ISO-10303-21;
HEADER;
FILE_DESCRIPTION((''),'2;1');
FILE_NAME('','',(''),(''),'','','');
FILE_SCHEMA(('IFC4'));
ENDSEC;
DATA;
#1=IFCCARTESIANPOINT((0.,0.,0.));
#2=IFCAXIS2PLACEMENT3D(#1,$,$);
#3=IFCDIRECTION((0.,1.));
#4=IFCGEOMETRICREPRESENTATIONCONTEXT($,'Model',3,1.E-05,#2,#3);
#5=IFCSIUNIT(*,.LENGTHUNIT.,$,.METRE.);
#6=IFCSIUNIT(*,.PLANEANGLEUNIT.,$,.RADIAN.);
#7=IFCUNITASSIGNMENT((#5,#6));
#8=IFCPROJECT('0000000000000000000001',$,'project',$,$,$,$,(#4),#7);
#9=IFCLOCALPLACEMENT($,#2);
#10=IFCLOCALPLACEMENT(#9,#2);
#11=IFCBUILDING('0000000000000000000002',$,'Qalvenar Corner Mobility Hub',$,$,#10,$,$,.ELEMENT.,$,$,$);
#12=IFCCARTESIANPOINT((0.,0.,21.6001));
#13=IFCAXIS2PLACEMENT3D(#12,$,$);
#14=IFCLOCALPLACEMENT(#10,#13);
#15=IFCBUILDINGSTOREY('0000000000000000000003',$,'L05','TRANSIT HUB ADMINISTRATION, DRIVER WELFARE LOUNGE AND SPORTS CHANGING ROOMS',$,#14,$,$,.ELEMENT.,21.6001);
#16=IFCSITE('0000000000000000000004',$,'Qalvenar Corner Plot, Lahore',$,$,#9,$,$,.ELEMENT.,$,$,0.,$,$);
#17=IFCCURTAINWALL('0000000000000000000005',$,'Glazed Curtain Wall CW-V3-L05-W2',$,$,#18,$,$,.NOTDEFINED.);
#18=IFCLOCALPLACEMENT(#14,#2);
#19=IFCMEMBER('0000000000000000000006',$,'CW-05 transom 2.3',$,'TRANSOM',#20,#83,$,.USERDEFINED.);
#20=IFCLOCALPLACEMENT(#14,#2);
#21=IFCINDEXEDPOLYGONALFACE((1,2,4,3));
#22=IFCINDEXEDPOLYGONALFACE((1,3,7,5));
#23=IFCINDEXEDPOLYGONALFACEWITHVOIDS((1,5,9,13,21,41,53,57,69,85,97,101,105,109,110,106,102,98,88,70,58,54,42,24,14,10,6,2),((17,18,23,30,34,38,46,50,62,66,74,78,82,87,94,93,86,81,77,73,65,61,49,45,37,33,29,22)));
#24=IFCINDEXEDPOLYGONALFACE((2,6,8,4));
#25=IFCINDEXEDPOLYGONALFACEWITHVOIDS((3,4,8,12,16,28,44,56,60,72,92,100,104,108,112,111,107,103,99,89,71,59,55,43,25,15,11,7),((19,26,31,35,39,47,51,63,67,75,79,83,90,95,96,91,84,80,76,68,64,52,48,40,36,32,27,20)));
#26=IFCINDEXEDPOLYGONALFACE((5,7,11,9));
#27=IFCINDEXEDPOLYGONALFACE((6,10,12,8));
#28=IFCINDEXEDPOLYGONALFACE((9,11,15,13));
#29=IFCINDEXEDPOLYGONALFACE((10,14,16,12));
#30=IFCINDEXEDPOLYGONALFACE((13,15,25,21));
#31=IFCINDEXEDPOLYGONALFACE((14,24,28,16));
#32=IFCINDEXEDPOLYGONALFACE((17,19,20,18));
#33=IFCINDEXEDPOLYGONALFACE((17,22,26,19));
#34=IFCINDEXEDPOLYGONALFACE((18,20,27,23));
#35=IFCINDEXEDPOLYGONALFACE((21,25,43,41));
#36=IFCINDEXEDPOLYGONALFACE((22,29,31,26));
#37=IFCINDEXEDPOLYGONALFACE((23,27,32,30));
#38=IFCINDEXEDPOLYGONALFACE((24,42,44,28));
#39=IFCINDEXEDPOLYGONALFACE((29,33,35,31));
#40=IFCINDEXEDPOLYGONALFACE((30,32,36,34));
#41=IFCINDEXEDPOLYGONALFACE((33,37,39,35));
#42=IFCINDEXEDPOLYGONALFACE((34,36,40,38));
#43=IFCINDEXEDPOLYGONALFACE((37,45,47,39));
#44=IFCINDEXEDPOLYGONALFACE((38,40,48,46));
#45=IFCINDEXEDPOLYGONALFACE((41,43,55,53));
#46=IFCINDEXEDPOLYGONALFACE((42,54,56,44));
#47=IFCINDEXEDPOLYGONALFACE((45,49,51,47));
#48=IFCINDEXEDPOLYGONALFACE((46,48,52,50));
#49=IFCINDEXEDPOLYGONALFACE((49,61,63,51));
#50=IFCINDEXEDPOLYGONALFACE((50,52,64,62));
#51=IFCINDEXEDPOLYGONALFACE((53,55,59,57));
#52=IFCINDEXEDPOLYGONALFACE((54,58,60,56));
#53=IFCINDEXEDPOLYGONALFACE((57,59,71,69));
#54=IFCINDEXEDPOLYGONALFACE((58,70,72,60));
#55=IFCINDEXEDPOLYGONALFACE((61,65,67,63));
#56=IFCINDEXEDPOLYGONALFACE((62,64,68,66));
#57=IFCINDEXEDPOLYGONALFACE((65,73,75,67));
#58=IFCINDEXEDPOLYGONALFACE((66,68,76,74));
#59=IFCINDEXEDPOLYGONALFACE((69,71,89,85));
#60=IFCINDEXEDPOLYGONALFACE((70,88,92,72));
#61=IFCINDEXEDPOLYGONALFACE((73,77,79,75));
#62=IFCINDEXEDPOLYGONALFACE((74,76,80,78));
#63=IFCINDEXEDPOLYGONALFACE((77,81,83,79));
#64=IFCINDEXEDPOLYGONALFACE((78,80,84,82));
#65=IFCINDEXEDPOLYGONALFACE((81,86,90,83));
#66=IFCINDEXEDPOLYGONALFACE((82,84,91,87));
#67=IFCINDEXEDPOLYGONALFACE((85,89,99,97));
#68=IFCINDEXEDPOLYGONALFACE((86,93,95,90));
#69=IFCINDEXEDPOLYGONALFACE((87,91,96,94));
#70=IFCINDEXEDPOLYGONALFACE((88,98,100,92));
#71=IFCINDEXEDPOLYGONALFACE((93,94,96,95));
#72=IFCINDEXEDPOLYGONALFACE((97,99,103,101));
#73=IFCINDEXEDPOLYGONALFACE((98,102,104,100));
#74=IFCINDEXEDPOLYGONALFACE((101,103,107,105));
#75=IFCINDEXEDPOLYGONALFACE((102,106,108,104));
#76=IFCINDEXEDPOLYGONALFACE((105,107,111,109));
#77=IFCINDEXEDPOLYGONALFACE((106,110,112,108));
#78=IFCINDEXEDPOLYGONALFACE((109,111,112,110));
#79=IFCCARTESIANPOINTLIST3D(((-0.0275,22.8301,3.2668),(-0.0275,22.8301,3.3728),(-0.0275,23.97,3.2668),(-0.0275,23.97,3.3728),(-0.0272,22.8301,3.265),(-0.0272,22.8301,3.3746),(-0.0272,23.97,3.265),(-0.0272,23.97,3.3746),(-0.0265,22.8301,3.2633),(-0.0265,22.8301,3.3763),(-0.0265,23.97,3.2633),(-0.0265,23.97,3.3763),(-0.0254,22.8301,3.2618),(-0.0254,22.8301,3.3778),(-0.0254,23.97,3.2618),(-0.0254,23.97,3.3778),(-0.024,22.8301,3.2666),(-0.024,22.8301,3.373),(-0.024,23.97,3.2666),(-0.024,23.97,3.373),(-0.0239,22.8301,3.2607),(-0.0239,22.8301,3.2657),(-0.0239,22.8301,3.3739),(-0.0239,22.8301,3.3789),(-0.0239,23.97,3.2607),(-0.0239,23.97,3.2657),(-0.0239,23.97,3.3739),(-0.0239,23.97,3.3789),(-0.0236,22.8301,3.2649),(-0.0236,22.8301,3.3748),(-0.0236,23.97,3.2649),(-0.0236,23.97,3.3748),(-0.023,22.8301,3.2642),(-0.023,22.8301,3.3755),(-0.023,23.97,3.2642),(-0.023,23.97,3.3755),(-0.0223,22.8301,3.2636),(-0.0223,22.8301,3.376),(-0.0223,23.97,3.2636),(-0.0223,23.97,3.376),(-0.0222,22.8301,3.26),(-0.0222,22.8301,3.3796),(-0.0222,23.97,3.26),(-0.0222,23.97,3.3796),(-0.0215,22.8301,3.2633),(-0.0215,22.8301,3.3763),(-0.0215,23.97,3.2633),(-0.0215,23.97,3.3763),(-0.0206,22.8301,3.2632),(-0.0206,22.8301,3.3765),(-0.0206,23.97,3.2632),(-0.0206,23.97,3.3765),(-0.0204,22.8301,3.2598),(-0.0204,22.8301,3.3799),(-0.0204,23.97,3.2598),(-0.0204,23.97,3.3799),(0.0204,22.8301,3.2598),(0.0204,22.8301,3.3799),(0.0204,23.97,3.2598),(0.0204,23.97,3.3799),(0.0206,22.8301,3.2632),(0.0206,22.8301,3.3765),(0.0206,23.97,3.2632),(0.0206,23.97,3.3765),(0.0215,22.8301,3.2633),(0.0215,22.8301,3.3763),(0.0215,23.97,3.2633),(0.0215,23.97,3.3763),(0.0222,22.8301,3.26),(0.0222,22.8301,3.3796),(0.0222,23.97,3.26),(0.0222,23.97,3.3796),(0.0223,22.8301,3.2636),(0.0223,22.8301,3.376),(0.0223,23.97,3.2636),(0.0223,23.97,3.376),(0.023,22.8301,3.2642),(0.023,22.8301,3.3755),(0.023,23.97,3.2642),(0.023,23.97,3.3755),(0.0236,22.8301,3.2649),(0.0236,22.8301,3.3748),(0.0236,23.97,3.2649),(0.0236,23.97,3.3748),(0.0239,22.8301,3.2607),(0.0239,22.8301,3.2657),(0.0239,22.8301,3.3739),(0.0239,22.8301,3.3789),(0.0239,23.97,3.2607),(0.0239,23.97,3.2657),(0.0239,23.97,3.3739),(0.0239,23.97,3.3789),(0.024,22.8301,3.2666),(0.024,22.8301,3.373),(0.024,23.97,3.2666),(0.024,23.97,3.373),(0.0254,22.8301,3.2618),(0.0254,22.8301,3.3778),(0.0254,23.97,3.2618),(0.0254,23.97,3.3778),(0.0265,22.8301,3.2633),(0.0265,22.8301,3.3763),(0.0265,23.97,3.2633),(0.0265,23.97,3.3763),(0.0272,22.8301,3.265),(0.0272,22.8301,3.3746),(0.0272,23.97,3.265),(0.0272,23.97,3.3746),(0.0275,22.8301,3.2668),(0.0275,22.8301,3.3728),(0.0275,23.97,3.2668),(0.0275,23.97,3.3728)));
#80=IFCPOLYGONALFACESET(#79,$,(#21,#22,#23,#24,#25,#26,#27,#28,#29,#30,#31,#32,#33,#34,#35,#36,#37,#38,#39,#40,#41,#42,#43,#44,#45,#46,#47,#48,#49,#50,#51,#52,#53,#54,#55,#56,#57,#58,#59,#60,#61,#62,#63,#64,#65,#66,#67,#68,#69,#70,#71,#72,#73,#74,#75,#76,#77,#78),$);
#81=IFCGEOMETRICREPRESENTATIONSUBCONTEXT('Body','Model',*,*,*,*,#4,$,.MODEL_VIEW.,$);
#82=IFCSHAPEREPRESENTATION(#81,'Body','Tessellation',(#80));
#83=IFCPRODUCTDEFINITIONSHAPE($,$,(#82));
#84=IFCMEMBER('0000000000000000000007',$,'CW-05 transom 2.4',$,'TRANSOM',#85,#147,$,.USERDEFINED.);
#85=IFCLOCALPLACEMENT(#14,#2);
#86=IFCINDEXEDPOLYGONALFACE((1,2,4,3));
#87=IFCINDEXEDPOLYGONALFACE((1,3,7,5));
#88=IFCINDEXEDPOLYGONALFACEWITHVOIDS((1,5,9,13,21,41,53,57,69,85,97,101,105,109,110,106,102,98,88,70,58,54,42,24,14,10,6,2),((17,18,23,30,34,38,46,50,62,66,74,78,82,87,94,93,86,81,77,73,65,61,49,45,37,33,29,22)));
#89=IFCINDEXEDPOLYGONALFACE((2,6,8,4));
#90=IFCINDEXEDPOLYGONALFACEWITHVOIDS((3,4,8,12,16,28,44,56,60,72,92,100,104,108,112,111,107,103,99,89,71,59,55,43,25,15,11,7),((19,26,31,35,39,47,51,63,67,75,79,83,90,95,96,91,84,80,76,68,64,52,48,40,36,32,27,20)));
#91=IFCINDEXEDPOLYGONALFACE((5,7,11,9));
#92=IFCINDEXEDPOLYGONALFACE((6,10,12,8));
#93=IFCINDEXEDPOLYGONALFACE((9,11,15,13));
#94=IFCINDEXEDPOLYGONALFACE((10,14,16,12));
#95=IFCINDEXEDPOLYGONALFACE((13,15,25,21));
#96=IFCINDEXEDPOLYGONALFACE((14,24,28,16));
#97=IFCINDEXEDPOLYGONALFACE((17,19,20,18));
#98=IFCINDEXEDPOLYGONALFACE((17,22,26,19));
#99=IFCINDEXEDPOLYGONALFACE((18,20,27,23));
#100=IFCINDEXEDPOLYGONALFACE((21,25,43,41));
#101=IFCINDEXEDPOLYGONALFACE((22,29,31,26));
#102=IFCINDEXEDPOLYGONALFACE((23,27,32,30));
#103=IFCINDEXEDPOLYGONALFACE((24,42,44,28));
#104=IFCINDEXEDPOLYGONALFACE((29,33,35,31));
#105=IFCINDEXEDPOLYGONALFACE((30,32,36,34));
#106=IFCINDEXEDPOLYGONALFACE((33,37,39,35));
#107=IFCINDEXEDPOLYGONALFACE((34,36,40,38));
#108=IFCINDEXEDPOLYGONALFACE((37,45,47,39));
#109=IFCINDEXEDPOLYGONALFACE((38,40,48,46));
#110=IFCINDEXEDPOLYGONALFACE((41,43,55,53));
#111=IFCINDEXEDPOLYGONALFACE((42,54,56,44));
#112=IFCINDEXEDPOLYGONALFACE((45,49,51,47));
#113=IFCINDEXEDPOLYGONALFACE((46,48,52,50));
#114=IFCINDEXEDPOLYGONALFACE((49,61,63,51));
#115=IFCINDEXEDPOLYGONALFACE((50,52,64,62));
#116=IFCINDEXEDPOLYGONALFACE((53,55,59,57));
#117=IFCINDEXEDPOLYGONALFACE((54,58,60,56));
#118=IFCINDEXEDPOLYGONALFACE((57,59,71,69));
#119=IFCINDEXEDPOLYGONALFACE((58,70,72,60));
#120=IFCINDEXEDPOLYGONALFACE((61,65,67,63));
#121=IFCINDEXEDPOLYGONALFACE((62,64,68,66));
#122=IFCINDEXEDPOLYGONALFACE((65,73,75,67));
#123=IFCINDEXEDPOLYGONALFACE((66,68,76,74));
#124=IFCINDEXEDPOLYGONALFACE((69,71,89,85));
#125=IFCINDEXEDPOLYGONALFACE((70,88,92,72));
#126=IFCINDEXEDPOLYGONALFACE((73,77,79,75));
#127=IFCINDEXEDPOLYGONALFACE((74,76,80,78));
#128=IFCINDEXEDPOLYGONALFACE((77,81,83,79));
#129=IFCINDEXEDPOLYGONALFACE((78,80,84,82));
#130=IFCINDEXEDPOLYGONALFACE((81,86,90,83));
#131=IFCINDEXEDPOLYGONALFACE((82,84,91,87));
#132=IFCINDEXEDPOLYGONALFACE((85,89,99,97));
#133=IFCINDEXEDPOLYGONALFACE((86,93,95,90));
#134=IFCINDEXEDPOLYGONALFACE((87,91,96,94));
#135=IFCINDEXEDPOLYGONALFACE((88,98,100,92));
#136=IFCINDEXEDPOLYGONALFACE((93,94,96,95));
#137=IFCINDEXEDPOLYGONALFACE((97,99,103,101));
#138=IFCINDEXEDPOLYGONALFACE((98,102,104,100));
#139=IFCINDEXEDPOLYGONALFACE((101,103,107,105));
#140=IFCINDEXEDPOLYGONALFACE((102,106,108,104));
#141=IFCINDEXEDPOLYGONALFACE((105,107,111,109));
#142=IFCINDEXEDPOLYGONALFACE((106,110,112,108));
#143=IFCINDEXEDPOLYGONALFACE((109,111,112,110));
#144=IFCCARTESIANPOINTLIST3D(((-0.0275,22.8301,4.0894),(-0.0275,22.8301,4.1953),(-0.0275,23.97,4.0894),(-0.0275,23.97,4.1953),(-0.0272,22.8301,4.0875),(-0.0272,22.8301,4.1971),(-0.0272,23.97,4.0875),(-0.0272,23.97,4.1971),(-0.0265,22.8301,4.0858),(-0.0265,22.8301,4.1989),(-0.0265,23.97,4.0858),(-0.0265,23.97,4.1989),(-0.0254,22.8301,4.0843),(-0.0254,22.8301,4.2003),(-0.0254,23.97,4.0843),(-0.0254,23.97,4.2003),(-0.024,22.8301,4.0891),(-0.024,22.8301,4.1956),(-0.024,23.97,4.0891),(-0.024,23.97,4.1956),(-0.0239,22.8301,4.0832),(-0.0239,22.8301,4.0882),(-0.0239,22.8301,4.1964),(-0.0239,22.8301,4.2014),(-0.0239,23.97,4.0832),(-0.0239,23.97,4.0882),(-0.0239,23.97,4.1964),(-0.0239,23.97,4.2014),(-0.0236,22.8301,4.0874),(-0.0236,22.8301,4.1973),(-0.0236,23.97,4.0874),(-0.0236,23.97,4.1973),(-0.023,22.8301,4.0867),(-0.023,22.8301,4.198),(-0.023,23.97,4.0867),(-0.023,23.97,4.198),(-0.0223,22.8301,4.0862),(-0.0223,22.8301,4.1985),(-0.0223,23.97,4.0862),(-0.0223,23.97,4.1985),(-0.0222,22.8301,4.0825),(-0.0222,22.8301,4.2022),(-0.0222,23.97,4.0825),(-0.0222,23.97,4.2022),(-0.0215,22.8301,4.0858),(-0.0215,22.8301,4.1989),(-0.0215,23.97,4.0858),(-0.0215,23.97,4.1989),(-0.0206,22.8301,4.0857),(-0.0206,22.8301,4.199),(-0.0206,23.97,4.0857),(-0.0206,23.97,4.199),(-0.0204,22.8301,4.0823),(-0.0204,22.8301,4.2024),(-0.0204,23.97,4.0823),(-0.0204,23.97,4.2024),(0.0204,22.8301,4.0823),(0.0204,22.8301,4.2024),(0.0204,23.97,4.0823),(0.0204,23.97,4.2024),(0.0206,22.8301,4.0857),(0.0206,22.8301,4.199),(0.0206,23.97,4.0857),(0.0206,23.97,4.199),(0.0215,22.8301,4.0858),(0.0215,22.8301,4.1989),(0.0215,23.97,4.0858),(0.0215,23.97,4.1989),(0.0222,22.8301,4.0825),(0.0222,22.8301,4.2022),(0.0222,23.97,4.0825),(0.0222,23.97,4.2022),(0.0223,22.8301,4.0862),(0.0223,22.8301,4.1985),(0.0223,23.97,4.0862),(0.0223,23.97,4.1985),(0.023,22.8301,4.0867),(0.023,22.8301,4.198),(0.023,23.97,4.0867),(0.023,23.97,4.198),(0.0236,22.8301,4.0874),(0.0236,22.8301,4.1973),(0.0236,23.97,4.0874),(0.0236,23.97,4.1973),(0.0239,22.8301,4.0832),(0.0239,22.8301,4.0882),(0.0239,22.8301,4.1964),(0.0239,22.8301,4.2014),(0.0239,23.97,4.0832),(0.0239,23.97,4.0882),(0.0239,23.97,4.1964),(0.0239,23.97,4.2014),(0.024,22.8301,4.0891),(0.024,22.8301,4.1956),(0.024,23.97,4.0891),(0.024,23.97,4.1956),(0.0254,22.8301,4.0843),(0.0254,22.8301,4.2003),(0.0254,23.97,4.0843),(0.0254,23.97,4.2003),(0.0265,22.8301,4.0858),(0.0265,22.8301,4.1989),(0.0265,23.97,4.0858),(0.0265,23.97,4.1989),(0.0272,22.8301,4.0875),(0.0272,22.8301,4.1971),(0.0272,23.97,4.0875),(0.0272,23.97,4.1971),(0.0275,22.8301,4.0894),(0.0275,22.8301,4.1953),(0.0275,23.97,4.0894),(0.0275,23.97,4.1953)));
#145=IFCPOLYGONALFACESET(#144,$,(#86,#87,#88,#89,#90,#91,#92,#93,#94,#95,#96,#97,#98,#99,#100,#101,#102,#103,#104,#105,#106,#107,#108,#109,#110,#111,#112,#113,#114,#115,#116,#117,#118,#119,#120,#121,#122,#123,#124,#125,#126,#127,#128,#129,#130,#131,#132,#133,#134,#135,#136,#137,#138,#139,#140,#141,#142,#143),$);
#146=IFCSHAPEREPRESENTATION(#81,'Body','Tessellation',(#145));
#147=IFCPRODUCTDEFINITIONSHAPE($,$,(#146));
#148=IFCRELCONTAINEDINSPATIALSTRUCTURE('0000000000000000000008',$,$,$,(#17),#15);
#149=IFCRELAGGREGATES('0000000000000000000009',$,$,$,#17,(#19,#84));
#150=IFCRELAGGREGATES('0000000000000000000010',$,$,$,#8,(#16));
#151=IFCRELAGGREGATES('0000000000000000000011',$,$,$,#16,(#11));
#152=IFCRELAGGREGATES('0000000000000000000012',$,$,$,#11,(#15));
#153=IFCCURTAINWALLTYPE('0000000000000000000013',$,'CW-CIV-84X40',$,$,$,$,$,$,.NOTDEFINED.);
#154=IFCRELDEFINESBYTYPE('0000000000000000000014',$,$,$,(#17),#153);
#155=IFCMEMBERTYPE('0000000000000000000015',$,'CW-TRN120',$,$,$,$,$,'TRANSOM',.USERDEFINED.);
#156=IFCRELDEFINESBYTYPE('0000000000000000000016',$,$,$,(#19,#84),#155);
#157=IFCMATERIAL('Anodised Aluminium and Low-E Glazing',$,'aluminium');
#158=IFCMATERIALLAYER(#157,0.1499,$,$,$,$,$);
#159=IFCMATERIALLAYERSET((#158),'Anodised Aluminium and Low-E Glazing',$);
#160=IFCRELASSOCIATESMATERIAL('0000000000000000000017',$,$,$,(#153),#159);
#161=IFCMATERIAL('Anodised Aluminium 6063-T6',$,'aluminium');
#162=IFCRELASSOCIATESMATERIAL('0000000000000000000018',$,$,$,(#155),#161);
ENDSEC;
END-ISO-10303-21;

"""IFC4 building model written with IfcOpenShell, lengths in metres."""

from ifc_helpers import new_model, si_unit, direction, frame, origin, origin_2d, place, context, subcontext, project, spatial, hollow_rectangle, extrude, material, layer, layer_set, material_profile, profile_set, type_object, element, aggregate, save


model = new_model("IFC4")

# Units and contexts
model_context = context("Model", 3, precision=1e-05, world=origin(), true_north=direction((0.0, 1.0)))
body_context = subcontext(model_context, "Body", "Model", "MODEL_VIEW")
ifc_project = project(units=[si_unit("LENGTHUNIT", "METRE"), si_unit("PLANEANGLEUNIT", "RADIAN")], contexts=[model_context])

# Site, building, storey
site_placement = place(None, origin())
site = spatial("IfcSite", under=ifc_project, at=site_placement, Name="Qalvenar Corner Plot, Lahore", CompositionType="ELEMENT", RefElevation=0.0)
building_placement = place(site_placement, origin())
building = spatial("IfcBuilding", under=site, at=building_placement, Name="Qalvenar Corner Mobility Hub", CompositionType="ELEMENT")
storey_placement = place(building_placement, frame((0.0, 0.0, 21.6001)))
storey = spatial("IfcBuildingStorey", under=building, at=storey_placement, Name="L05", Description="TRANSIT HUB ADMINISTRATION, DRIVER WELFARE LOUNGE AND SPORTS CHANGING ROOMS", CompositionType="ELEMENT", Elevation=21.6001)

# Curtain wall, members
ifc_material_1 = material(Name="Anodised Aluminium and Low-E Glazing", Category="aluminium")
ifc_layer_1 = layer(ifc_material_1, 0.1499)
ifc_layer_set_1 = layer_set([ifc_layer_1], Name="Anodised Aluminium and Low-E Glazing")
curtain_wall_type = type_object("IfcCurtainWallType", Name="CW-CIV-84X40", PredefinedType="NOTDEFINED", material=ifc_layer_set_1)
curtain_wall_placement = place(storey_placement, origin())
curtain_wall = element("IfcCurtainWall", 1, at=curtain_wall_placement, inside=storey, type_object=curtain_wall_type, Name="Glazed Curtain Wall CW-V3-L05-W2", PredefinedType="NOTDEFINED")
ifc_material_2 = material(Name="Anodised Aluminium 6063-T6", Category="aluminium")
ifc_material_profile_1 = material_profile(ifc_material_2, hollow_rectangle(XDim=0.0549, YDim=0.1201, WallThickness=0.0034, InnerFilletRadius=0.0034, OuterFilletRadius=0.0071, at=origin_2d()), Name="RHS120x55x3.5")
ifc_profile_set_1 = profile_set([ifc_material_profile_1], Name="Anodised Aluminium 6063-T6")
member_type_1 = type_object("IfcMemberType", Name="CW-TRN120", ElementType="TRANSOM", PredefinedType="USERDEFINED", material=ifc_profile_set_1)
member_1_placement = place(storey_placement, frame((0.0, 23.97, 3.3198), z_axis=(0.0, -1.0, 0.0), x_axis=(1.0, 0.0, 0.0)))
member_1 = element("IfcMember", 2, at=member_1_placement, type_object=member_type_1, Name="CW-05 transom 2.3", ObjectType="TRANSOM", PredefinedType="USERDEFINED", context=body_context, shape_type="SweptSolid", body=[
    extrude(hollow_rectangle(XDim=0.0549, YDim=0.1201, WallThickness=0.0034, InnerFilletRadius=0.0034, OuterFilletRadius=0.0071, at=origin_2d()), origin(), (0.0, 0.0, 1.0), 1.1399),
])
member_2_placement = place(storey_placement, frame((0.0, 23.97, 4.1423), z_axis=(0.0, -1.0, 0.0), x_axis=(1.0, 0.0, 0.0)))
member_2 = element("IfcMember", 3, at=member_2_placement, type_object=member_type_1, Name="CW-05 transom 2.4", ObjectType="TRANSOM", PredefinedType="USERDEFINED", context=body_context, shape_type="SweptSolid", body=[
    extrude(hollow_rectangle(XDim=0.0549, YDim=0.1201, WallThickness=0.0034, InnerFilletRadius=0.0034, OuterFilletRadius=0.0071, at=origin_2d()), origin(), (0.0, 0.0, 1.0), 1.1399),
])
aggregate(curtain_wall, [member_1, member_2])

save(model, "model.ifc")
